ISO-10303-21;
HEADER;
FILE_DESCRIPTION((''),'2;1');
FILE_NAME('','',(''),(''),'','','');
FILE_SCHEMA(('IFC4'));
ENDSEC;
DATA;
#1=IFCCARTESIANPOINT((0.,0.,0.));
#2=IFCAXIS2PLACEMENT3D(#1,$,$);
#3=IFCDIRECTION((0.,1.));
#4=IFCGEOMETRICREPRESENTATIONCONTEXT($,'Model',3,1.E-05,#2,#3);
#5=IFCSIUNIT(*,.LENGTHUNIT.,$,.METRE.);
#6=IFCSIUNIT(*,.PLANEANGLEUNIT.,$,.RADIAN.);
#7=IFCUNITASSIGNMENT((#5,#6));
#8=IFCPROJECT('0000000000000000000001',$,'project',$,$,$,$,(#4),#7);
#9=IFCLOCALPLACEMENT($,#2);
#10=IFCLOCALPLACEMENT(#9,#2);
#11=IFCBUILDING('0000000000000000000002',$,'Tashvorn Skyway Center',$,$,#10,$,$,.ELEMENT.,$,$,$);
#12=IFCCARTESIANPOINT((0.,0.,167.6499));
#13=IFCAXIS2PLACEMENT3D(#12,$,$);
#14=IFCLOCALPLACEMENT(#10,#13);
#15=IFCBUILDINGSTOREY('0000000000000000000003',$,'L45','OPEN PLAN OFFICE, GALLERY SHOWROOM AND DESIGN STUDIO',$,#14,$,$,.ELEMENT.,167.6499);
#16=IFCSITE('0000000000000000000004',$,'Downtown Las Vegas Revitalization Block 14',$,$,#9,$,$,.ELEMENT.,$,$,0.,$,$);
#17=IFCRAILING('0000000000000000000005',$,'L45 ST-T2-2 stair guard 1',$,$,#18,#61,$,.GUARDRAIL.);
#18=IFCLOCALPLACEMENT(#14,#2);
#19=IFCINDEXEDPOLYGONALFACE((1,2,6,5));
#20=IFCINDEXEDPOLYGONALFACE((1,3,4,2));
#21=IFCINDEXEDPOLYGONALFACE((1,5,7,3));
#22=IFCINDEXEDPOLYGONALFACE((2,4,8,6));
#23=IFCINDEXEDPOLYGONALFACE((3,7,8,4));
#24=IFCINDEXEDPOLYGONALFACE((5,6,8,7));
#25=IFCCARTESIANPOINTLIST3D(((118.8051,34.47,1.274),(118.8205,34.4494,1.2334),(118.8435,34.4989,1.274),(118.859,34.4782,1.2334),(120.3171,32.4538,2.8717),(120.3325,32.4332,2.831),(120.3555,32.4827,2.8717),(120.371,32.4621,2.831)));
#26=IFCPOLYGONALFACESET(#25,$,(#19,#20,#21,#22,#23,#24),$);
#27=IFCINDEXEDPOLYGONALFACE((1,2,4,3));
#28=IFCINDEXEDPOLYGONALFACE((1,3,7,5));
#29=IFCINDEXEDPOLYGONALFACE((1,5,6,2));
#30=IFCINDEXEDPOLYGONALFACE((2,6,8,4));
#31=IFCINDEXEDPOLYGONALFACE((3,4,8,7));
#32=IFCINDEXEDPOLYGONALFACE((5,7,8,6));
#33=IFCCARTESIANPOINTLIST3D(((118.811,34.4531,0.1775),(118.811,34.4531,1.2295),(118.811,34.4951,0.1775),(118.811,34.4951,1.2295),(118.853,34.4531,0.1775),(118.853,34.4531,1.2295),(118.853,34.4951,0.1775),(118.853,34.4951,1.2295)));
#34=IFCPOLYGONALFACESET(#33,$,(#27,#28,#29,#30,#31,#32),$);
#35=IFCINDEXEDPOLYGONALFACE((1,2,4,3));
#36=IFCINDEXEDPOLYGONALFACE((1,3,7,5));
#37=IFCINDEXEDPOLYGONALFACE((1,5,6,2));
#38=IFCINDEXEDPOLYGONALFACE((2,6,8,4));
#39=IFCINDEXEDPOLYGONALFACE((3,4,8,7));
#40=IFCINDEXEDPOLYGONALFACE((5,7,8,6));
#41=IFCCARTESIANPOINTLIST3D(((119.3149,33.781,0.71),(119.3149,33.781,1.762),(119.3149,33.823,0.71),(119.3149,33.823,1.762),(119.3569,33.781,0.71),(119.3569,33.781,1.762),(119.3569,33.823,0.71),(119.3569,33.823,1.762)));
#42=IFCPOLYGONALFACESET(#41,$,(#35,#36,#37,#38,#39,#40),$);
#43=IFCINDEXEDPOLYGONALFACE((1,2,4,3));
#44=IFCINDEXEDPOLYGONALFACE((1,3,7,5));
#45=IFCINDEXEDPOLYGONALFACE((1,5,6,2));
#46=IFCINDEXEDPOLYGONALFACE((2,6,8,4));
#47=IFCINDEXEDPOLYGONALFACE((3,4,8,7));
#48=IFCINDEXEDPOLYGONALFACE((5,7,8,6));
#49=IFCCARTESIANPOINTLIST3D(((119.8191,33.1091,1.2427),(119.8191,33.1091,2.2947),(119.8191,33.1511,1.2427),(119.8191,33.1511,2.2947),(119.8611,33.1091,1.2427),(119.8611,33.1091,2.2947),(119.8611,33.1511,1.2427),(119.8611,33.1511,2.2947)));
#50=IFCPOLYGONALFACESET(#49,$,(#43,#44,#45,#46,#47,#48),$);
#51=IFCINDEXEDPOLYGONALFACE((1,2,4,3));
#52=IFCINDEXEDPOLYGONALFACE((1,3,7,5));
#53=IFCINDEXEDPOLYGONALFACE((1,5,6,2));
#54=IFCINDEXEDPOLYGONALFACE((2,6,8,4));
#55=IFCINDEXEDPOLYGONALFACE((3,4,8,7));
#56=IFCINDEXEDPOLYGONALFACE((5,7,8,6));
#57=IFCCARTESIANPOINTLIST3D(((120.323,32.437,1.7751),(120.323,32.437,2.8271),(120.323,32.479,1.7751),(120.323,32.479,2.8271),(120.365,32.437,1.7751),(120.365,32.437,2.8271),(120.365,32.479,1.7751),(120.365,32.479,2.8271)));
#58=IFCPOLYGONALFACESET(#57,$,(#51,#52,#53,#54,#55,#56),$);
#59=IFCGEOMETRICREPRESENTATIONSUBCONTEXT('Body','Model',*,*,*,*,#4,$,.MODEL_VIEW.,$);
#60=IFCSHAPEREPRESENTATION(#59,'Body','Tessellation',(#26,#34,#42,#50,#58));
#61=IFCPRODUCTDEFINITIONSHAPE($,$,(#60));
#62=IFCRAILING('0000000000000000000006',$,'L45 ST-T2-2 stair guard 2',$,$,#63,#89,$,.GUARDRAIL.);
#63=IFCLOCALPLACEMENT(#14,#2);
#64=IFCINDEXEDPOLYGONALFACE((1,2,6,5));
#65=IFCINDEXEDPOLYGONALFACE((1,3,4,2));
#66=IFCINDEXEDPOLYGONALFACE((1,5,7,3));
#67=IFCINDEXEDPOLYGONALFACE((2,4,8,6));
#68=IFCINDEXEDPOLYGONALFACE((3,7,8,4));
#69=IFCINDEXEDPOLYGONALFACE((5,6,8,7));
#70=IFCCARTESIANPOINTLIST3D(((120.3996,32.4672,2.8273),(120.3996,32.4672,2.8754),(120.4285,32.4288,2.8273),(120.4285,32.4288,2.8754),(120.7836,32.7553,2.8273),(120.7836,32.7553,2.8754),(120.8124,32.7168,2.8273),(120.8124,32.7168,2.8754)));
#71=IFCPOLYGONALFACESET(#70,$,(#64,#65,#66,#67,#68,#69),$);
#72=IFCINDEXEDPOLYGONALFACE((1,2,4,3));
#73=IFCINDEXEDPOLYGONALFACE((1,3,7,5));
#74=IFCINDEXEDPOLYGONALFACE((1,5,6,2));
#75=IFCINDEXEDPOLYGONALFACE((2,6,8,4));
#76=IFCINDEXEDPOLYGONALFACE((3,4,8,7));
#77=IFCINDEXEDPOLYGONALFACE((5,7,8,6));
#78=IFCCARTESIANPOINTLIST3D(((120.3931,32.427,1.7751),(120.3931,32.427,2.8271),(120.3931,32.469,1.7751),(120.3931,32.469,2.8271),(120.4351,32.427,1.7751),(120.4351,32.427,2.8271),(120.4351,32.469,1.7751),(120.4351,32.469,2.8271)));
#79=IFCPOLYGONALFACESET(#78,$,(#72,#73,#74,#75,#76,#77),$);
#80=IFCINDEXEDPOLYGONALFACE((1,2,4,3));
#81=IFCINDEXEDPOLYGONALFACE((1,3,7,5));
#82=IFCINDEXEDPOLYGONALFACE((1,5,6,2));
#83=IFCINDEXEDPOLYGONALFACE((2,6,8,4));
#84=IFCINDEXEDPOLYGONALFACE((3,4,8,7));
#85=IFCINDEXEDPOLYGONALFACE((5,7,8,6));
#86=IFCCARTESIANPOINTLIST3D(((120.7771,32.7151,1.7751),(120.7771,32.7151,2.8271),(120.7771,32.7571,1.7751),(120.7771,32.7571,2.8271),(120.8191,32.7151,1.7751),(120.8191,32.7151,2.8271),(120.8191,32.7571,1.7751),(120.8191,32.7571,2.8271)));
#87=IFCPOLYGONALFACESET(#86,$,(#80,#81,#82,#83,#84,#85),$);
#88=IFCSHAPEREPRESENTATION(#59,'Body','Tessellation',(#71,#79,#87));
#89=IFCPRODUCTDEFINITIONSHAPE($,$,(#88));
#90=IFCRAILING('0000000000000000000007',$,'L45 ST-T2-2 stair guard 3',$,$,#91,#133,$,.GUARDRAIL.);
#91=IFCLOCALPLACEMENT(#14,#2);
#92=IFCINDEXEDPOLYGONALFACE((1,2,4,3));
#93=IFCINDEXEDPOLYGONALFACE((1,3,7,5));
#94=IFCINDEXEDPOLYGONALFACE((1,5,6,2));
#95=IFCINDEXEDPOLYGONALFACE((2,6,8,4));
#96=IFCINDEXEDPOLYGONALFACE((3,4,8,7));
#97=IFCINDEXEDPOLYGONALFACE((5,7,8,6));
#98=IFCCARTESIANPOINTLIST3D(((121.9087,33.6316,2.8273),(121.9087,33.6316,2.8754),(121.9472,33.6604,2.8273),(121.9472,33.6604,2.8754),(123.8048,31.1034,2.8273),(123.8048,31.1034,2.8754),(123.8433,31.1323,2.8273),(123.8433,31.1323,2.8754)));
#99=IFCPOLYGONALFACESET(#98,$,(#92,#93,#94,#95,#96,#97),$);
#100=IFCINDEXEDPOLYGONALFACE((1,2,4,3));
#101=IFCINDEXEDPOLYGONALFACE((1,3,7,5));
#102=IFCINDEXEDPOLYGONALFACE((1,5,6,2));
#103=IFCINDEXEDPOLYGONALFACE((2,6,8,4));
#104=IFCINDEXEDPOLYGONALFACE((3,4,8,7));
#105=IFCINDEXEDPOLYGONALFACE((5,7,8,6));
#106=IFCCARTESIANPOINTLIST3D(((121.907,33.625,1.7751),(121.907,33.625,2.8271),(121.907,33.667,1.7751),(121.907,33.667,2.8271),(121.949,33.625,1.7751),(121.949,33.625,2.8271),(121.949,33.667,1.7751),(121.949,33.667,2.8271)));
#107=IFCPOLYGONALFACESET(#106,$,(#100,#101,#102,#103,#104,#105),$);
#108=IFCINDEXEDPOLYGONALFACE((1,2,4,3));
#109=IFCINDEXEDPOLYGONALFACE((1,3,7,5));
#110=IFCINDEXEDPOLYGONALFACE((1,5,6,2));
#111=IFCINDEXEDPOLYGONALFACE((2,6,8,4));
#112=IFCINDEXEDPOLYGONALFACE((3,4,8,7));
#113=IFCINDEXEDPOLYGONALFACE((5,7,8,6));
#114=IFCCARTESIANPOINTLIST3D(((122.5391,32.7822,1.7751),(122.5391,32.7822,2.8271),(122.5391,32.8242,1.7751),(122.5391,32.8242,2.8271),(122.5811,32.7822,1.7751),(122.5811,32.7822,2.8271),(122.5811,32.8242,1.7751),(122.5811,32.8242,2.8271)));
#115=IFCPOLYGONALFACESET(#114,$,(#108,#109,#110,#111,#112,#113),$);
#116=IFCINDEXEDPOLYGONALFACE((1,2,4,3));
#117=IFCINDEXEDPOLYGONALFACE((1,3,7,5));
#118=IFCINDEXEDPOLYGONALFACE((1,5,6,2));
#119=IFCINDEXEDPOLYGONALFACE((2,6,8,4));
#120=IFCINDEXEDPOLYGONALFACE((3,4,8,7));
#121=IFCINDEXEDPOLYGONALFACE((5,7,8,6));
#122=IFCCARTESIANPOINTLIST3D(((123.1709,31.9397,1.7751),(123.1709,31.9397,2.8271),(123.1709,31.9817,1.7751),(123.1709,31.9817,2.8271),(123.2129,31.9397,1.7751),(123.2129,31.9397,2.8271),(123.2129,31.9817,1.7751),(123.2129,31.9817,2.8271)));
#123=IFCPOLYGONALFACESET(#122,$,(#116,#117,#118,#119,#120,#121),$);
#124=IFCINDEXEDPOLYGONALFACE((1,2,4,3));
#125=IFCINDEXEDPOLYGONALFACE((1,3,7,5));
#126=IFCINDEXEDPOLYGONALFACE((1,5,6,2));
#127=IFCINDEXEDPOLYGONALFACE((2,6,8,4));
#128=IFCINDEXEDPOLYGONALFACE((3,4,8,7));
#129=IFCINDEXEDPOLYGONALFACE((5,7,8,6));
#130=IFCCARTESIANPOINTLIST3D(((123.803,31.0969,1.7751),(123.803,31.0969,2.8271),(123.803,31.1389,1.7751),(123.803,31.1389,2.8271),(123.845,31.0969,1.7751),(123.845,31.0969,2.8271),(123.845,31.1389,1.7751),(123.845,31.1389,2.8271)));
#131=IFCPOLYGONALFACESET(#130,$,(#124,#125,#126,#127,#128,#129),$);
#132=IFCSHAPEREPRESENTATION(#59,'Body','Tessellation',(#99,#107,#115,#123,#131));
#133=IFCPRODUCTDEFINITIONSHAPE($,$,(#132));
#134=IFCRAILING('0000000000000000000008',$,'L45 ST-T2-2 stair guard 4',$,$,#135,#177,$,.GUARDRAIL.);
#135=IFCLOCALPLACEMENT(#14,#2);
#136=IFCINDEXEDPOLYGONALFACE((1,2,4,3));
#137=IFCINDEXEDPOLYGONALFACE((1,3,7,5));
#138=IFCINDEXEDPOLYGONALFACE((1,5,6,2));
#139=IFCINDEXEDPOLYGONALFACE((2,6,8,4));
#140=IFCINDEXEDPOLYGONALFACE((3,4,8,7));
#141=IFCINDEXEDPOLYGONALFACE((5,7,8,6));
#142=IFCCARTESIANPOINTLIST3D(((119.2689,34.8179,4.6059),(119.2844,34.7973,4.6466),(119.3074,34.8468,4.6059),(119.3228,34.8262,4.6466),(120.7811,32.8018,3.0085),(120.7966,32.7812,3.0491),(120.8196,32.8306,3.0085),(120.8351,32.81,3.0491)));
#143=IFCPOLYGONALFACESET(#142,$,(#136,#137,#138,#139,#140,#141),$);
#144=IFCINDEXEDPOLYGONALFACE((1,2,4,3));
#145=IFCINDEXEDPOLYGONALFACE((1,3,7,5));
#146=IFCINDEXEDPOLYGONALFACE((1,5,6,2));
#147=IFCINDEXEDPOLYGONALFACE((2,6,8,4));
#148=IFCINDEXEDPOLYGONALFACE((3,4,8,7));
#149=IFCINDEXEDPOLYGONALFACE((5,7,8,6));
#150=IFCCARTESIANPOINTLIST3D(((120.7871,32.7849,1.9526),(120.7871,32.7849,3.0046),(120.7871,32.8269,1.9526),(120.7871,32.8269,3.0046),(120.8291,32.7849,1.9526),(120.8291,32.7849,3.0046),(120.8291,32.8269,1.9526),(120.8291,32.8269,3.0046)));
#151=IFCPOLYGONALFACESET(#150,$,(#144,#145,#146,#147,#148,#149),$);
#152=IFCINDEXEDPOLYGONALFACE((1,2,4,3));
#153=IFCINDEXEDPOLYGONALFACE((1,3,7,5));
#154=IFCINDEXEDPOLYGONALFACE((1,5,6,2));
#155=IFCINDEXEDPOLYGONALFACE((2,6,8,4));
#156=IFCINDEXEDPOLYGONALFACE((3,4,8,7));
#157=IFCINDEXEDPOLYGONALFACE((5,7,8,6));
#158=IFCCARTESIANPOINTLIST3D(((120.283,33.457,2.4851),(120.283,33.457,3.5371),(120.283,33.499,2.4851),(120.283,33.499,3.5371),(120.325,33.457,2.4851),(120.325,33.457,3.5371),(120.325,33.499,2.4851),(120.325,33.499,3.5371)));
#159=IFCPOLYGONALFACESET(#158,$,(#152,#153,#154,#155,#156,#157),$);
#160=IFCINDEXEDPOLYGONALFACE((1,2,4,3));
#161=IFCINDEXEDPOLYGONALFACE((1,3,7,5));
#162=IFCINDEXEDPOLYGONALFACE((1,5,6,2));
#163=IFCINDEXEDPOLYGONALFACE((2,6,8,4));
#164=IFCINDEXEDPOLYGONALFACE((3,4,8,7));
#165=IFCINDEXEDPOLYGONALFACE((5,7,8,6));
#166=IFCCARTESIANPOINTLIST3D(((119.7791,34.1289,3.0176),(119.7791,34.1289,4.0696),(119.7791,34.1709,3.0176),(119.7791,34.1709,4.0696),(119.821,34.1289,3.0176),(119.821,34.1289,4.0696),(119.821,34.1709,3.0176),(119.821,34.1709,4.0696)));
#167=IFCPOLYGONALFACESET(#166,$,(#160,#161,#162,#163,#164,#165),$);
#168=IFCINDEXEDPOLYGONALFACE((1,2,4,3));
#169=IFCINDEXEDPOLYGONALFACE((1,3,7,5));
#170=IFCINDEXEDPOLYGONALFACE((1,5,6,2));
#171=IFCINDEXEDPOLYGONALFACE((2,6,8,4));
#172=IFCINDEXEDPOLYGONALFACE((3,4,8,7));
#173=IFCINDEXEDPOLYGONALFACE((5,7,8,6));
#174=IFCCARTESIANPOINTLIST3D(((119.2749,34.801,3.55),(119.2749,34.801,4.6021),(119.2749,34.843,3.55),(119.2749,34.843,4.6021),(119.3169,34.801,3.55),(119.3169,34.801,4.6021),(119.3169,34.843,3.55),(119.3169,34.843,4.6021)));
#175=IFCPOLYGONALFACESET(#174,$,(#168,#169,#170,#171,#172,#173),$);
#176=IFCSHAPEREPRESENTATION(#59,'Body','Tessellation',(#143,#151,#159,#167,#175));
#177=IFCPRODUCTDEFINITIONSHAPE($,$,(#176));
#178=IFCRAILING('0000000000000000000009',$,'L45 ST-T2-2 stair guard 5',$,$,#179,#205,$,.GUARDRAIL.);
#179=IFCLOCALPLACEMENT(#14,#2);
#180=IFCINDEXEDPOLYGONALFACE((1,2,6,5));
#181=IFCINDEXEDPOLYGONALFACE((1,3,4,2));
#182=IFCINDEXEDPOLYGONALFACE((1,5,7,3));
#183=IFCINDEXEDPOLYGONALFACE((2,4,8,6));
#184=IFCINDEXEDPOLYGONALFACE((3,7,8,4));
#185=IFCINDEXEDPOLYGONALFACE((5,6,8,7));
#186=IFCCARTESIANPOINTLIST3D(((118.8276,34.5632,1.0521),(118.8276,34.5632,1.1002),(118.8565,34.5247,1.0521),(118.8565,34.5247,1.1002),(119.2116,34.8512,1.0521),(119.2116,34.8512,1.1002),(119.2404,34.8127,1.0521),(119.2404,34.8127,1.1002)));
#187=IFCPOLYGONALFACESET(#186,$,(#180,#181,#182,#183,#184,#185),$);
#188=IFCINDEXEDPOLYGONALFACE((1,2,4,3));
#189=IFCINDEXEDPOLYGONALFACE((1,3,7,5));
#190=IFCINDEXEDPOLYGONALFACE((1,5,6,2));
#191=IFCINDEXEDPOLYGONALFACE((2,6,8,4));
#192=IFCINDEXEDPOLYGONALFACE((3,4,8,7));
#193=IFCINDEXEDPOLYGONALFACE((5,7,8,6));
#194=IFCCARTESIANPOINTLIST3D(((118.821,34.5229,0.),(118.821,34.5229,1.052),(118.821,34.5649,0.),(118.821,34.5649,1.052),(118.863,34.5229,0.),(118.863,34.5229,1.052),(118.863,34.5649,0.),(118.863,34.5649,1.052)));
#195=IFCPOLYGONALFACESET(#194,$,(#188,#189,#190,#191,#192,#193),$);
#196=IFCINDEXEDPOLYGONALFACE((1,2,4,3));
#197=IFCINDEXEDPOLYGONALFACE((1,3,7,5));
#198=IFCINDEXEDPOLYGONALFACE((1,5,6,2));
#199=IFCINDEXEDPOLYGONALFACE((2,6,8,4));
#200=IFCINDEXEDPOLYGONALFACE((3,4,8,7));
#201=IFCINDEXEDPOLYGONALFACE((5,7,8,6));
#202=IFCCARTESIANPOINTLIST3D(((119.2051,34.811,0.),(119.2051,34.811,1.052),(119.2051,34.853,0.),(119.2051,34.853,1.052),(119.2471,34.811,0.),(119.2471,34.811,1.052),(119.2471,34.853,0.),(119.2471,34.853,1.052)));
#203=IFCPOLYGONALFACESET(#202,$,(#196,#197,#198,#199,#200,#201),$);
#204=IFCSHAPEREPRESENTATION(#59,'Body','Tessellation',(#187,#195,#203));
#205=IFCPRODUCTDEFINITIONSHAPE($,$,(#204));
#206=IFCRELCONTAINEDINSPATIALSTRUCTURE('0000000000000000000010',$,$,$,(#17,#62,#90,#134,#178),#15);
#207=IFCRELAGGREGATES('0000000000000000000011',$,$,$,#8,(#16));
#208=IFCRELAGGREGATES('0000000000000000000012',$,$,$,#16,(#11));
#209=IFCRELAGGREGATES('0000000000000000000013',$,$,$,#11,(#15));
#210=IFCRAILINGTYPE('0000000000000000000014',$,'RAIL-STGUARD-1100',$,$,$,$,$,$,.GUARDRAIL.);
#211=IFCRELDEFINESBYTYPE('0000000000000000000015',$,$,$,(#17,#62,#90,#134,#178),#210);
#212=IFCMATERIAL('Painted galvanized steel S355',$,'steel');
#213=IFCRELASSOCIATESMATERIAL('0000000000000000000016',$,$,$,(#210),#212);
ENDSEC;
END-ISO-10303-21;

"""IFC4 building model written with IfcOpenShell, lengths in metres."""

from ifc_helpers import new_model, si_unit, direction, frame, origin, origin_2d, place, context, subcontext, project, spatial, rectangle, extrude, material, type_object, element, save


model = new_model("IFC4")

# Units and contexts
model_context = context("Model", 3, precision=1e-05, world=origin(), true_north=direction((0.0, 1.0)))
body_context = subcontext(model_context, "Body", "Model", "MODEL_VIEW")
ifc_project = project(units=[si_unit("LENGTHUNIT", "METRE"), si_unit("PLANEANGLEUNIT", "RADIAN")], contexts=[model_context])

# Site, building, storey
site_placement = place(None, origin())
site = spatial("IfcSite", under=ifc_project, at=site_placement, Name="Downtown Las Vegas Revitalization Block 14", CompositionType="ELEMENT", RefElevation=0.0)
building_placement = place(site_placement, origin())
building = spatial("IfcBuilding", under=site, at=building_placement, Name="Tashvorn Skyway Center", CompositionType="ELEMENT")
storey_placement = place(building_placement, frame((0.0, 0.0, 167.6499)))
storey = spatial("IfcBuildingStorey", under=building, at=storey_placement, Name="L45", Description="OPEN PLAN OFFICE, GALLERY SHOWROOM AND DESIGN STUDIO", CompositionType="ELEMENT", Elevation=167.6499)

# Railings
ifc_material_1 = material(Name="Painted galvanized steel S355", Category="steel")
railing_type_1 = type_object("IfcRailingType", Name="RAIL-STGUARD-1100", PredefinedType="GUARDRAIL", material=ifc_material_1)
railing_1_placement = place(storey_placement, frame((118.832, 34.4741, 0.1775)))
element("IfcRailing", 1, at=railing_1_placement, inside=storey, type_object=railing_type_1, Name="L45 ST-T2-2 stair guard 1", PredefinedType="GUARDRAIL", context=body_context, shape_type="SweptSolid", body=[
    extrude(rectangle(XDim=0.0481, YDim=0.0481, at=origin_2d()), frame((0.0, 0.0, 1.0762), z_axis=(0.506719, -0.675679, 0.535438), x_axis=(0.800023, 0.599969, 0.0)), (0.0, 0.0, 1.0), 2.9839),
    extrude(rectangle(XDim=0.042, YDim=0.042, at=origin_2d()), origin(), (0.0, 0.0, 1.0), 1.052),
    extrude(rectangle(XDim=0.042, YDim=0.042, at=origin_2d()), frame((0.5039, -0.6721, 0.5325)), (0.0, 0.0, 1.0), 1.052),
    extrude(rectangle(XDim=0.042, YDim=0.042, at=origin_2d()), frame((1.0081, -1.344, 1.0652)), (0.0, 0.0, 1.0), 1.052),
    extrude(rectangle(XDim=0.042, YDim=0.042, at=origin_2d()), frame((1.512, -2.0161, 1.5977)), (0.0, 0.0, 1.0), 1.052),
])
railing_2_placement = place(storey_placement, frame((120.4141, 32.448, 1.7751)))
element("IfcRailing", 2, at=railing_2_placement, inside=storey, type_object=railing_type_1, Name="L45 ST-T2-2 stair guard 2", PredefinedType="GUARDRAIL", context=body_context, shape_type="SweptSolid", body=[
    extrude(rectangle(XDim=0.0481, YDim=0.0481, at=origin_2d()), frame((0.0, 0.0, 1.0762), z_axis=(0.799939, 0.600081, 0.0), x_axis=(-0.600081, 0.799939, 0.0)), (0.0, 0.0, 1.0), 0.48),
    extrude(rectangle(XDim=0.042, YDim=0.042, at=origin_2d()), origin(), (0.0, 0.0, 1.0), 1.052),
    extrude(rectangle(XDim=0.042, YDim=0.042, at=origin_2d()), frame((0.384, 0.2881, 0.0)), (0.0, 0.0, 1.0), 1.052),
])
railing_3_placement = place(storey_placement, frame((121.928, 33.646, 1.7751)))
element("IfcRailing", 3, at=railing_3_placement, inside=storey, type_object=railing_type_1, Name="L45 ST-T2-2 stair guard 3", PredefinedType="GUARDRAIL", context=body_context, shape_type="SweptSolid", body=[
    extrude(rectangle(XDim=0.0481, YDim=0.0481, at=origin_2d()), frame((0.0, 0.0, 1.0762), z_axis=(0.599988, -0.800009, 0.0), x_axis=(0.800009, 0.599988, 0.0)), (0.0, 0.0, 1.0), 3.1602),
    extrude(rectangle(XDim=0.042, YDim=0.042, at=origin_2d()), origin(), (0.0, 0.0, 1.0), 1.052),
    extrude(rectangle(XDim=0.042, YDim=0.042, at=origin_2d()), frame((0.6321, -0.8428, 0.0)), (0.0, 0.0, 1.0), 1.052),
    extrude(rectangle(XDim=0.042, YDim=0.042, at=origin_2d()), frame((1.2639, -1.6853, 0.0)), (0.0, 0.0, 1.0), 1.052),
    extrude(rectangle(XDim=0.042, YDim=0.042, at=origin_2d()), frame((1.896, -2.5281, 0.0)), (0.0, 0.0, 1.0), 1.052),
])
railing_4_placement = place(storey_placement, frame((120.8081, 32.8059, 1.9526)))
element("IfcRailing", 4, at=railing_4_placement, inside=storey, type_object=railing_type_1, Name="L45 ST-T2-2 stair guard 4", PredefinedType="GUARDRAIL", context=body_context, shape_type="SweptSolid", body=[
    extrude(rectangle(XDim=0.0481, YDim=0.0481, at=origin_2d()), frame((0.0, 0.0, 1.0762), z_axis=(-0.506802, 0.675681, 0.535357), x_axis=(-0.799977, -0.600031, 0.0)), (0.0, 0.0, 1.0), 2.9839),
    extrude(rectangle(XDim=0.042, YDim=0.042, at=origin_2d()), origin(), (0.0, 0.0, 1.0), 1.052),
    extrude(rectangle(XDim=0.042, YDim=0.042, at=origin_2d()), frame((-0.5042, 0.6721, 0.5325)), (0.0, 0.0, 1.0), 1.052),
    extrude(rectangle(XDim=0.042, YDim=0.042, at=origin_2d()), frame((-1.0081, 1.344, 1.0649)), (0.0, 0.0, 1.0), 1.052),
    extrude(rectangle(XDim=0.042, YDim=0.042, at=origin_2d()), frame((-1.5122, 2.0161, 1.5974)), (0.0, 0.0, 1.0), 1.052),
])
railing_5_placement = place(storey_placement, frame((118.842, 34.5439, 0.0)))
element("IfcRailing", 5, at=railing_5_placement, inside=storey, type_object=railing_type_1, Name="L45 ST-T2-2 stair guard 5", PredefinedType="GUARDRAIL", context=body_context, shape_type="SweptSolid", body=[
    extrude(rectangle(XDim=0.0481, YDim=0.0481, at=origin_2d()), frame((0.0, 0.0, 1.0762), z_axis=(0.799939, 0.600081, 0.0), x_axis=(-0.600081, 0.799939, 0.0)), (0.0, 0.0, 1.0), 0.48),
    extrude(rectangle(XDim=0.042, YDim=0.042, at=origin_2d()), origin(), (0.0, 0.0, 1.0), 1.052),
    extrude(rectangle(XDim=0.042, YDim=0.042, at=origin_2d()), frame((0.384, 0.2881, 0.0)), (0.0, 0.0, 1.0), 1.052),
])

save(model, "model.ifc")
